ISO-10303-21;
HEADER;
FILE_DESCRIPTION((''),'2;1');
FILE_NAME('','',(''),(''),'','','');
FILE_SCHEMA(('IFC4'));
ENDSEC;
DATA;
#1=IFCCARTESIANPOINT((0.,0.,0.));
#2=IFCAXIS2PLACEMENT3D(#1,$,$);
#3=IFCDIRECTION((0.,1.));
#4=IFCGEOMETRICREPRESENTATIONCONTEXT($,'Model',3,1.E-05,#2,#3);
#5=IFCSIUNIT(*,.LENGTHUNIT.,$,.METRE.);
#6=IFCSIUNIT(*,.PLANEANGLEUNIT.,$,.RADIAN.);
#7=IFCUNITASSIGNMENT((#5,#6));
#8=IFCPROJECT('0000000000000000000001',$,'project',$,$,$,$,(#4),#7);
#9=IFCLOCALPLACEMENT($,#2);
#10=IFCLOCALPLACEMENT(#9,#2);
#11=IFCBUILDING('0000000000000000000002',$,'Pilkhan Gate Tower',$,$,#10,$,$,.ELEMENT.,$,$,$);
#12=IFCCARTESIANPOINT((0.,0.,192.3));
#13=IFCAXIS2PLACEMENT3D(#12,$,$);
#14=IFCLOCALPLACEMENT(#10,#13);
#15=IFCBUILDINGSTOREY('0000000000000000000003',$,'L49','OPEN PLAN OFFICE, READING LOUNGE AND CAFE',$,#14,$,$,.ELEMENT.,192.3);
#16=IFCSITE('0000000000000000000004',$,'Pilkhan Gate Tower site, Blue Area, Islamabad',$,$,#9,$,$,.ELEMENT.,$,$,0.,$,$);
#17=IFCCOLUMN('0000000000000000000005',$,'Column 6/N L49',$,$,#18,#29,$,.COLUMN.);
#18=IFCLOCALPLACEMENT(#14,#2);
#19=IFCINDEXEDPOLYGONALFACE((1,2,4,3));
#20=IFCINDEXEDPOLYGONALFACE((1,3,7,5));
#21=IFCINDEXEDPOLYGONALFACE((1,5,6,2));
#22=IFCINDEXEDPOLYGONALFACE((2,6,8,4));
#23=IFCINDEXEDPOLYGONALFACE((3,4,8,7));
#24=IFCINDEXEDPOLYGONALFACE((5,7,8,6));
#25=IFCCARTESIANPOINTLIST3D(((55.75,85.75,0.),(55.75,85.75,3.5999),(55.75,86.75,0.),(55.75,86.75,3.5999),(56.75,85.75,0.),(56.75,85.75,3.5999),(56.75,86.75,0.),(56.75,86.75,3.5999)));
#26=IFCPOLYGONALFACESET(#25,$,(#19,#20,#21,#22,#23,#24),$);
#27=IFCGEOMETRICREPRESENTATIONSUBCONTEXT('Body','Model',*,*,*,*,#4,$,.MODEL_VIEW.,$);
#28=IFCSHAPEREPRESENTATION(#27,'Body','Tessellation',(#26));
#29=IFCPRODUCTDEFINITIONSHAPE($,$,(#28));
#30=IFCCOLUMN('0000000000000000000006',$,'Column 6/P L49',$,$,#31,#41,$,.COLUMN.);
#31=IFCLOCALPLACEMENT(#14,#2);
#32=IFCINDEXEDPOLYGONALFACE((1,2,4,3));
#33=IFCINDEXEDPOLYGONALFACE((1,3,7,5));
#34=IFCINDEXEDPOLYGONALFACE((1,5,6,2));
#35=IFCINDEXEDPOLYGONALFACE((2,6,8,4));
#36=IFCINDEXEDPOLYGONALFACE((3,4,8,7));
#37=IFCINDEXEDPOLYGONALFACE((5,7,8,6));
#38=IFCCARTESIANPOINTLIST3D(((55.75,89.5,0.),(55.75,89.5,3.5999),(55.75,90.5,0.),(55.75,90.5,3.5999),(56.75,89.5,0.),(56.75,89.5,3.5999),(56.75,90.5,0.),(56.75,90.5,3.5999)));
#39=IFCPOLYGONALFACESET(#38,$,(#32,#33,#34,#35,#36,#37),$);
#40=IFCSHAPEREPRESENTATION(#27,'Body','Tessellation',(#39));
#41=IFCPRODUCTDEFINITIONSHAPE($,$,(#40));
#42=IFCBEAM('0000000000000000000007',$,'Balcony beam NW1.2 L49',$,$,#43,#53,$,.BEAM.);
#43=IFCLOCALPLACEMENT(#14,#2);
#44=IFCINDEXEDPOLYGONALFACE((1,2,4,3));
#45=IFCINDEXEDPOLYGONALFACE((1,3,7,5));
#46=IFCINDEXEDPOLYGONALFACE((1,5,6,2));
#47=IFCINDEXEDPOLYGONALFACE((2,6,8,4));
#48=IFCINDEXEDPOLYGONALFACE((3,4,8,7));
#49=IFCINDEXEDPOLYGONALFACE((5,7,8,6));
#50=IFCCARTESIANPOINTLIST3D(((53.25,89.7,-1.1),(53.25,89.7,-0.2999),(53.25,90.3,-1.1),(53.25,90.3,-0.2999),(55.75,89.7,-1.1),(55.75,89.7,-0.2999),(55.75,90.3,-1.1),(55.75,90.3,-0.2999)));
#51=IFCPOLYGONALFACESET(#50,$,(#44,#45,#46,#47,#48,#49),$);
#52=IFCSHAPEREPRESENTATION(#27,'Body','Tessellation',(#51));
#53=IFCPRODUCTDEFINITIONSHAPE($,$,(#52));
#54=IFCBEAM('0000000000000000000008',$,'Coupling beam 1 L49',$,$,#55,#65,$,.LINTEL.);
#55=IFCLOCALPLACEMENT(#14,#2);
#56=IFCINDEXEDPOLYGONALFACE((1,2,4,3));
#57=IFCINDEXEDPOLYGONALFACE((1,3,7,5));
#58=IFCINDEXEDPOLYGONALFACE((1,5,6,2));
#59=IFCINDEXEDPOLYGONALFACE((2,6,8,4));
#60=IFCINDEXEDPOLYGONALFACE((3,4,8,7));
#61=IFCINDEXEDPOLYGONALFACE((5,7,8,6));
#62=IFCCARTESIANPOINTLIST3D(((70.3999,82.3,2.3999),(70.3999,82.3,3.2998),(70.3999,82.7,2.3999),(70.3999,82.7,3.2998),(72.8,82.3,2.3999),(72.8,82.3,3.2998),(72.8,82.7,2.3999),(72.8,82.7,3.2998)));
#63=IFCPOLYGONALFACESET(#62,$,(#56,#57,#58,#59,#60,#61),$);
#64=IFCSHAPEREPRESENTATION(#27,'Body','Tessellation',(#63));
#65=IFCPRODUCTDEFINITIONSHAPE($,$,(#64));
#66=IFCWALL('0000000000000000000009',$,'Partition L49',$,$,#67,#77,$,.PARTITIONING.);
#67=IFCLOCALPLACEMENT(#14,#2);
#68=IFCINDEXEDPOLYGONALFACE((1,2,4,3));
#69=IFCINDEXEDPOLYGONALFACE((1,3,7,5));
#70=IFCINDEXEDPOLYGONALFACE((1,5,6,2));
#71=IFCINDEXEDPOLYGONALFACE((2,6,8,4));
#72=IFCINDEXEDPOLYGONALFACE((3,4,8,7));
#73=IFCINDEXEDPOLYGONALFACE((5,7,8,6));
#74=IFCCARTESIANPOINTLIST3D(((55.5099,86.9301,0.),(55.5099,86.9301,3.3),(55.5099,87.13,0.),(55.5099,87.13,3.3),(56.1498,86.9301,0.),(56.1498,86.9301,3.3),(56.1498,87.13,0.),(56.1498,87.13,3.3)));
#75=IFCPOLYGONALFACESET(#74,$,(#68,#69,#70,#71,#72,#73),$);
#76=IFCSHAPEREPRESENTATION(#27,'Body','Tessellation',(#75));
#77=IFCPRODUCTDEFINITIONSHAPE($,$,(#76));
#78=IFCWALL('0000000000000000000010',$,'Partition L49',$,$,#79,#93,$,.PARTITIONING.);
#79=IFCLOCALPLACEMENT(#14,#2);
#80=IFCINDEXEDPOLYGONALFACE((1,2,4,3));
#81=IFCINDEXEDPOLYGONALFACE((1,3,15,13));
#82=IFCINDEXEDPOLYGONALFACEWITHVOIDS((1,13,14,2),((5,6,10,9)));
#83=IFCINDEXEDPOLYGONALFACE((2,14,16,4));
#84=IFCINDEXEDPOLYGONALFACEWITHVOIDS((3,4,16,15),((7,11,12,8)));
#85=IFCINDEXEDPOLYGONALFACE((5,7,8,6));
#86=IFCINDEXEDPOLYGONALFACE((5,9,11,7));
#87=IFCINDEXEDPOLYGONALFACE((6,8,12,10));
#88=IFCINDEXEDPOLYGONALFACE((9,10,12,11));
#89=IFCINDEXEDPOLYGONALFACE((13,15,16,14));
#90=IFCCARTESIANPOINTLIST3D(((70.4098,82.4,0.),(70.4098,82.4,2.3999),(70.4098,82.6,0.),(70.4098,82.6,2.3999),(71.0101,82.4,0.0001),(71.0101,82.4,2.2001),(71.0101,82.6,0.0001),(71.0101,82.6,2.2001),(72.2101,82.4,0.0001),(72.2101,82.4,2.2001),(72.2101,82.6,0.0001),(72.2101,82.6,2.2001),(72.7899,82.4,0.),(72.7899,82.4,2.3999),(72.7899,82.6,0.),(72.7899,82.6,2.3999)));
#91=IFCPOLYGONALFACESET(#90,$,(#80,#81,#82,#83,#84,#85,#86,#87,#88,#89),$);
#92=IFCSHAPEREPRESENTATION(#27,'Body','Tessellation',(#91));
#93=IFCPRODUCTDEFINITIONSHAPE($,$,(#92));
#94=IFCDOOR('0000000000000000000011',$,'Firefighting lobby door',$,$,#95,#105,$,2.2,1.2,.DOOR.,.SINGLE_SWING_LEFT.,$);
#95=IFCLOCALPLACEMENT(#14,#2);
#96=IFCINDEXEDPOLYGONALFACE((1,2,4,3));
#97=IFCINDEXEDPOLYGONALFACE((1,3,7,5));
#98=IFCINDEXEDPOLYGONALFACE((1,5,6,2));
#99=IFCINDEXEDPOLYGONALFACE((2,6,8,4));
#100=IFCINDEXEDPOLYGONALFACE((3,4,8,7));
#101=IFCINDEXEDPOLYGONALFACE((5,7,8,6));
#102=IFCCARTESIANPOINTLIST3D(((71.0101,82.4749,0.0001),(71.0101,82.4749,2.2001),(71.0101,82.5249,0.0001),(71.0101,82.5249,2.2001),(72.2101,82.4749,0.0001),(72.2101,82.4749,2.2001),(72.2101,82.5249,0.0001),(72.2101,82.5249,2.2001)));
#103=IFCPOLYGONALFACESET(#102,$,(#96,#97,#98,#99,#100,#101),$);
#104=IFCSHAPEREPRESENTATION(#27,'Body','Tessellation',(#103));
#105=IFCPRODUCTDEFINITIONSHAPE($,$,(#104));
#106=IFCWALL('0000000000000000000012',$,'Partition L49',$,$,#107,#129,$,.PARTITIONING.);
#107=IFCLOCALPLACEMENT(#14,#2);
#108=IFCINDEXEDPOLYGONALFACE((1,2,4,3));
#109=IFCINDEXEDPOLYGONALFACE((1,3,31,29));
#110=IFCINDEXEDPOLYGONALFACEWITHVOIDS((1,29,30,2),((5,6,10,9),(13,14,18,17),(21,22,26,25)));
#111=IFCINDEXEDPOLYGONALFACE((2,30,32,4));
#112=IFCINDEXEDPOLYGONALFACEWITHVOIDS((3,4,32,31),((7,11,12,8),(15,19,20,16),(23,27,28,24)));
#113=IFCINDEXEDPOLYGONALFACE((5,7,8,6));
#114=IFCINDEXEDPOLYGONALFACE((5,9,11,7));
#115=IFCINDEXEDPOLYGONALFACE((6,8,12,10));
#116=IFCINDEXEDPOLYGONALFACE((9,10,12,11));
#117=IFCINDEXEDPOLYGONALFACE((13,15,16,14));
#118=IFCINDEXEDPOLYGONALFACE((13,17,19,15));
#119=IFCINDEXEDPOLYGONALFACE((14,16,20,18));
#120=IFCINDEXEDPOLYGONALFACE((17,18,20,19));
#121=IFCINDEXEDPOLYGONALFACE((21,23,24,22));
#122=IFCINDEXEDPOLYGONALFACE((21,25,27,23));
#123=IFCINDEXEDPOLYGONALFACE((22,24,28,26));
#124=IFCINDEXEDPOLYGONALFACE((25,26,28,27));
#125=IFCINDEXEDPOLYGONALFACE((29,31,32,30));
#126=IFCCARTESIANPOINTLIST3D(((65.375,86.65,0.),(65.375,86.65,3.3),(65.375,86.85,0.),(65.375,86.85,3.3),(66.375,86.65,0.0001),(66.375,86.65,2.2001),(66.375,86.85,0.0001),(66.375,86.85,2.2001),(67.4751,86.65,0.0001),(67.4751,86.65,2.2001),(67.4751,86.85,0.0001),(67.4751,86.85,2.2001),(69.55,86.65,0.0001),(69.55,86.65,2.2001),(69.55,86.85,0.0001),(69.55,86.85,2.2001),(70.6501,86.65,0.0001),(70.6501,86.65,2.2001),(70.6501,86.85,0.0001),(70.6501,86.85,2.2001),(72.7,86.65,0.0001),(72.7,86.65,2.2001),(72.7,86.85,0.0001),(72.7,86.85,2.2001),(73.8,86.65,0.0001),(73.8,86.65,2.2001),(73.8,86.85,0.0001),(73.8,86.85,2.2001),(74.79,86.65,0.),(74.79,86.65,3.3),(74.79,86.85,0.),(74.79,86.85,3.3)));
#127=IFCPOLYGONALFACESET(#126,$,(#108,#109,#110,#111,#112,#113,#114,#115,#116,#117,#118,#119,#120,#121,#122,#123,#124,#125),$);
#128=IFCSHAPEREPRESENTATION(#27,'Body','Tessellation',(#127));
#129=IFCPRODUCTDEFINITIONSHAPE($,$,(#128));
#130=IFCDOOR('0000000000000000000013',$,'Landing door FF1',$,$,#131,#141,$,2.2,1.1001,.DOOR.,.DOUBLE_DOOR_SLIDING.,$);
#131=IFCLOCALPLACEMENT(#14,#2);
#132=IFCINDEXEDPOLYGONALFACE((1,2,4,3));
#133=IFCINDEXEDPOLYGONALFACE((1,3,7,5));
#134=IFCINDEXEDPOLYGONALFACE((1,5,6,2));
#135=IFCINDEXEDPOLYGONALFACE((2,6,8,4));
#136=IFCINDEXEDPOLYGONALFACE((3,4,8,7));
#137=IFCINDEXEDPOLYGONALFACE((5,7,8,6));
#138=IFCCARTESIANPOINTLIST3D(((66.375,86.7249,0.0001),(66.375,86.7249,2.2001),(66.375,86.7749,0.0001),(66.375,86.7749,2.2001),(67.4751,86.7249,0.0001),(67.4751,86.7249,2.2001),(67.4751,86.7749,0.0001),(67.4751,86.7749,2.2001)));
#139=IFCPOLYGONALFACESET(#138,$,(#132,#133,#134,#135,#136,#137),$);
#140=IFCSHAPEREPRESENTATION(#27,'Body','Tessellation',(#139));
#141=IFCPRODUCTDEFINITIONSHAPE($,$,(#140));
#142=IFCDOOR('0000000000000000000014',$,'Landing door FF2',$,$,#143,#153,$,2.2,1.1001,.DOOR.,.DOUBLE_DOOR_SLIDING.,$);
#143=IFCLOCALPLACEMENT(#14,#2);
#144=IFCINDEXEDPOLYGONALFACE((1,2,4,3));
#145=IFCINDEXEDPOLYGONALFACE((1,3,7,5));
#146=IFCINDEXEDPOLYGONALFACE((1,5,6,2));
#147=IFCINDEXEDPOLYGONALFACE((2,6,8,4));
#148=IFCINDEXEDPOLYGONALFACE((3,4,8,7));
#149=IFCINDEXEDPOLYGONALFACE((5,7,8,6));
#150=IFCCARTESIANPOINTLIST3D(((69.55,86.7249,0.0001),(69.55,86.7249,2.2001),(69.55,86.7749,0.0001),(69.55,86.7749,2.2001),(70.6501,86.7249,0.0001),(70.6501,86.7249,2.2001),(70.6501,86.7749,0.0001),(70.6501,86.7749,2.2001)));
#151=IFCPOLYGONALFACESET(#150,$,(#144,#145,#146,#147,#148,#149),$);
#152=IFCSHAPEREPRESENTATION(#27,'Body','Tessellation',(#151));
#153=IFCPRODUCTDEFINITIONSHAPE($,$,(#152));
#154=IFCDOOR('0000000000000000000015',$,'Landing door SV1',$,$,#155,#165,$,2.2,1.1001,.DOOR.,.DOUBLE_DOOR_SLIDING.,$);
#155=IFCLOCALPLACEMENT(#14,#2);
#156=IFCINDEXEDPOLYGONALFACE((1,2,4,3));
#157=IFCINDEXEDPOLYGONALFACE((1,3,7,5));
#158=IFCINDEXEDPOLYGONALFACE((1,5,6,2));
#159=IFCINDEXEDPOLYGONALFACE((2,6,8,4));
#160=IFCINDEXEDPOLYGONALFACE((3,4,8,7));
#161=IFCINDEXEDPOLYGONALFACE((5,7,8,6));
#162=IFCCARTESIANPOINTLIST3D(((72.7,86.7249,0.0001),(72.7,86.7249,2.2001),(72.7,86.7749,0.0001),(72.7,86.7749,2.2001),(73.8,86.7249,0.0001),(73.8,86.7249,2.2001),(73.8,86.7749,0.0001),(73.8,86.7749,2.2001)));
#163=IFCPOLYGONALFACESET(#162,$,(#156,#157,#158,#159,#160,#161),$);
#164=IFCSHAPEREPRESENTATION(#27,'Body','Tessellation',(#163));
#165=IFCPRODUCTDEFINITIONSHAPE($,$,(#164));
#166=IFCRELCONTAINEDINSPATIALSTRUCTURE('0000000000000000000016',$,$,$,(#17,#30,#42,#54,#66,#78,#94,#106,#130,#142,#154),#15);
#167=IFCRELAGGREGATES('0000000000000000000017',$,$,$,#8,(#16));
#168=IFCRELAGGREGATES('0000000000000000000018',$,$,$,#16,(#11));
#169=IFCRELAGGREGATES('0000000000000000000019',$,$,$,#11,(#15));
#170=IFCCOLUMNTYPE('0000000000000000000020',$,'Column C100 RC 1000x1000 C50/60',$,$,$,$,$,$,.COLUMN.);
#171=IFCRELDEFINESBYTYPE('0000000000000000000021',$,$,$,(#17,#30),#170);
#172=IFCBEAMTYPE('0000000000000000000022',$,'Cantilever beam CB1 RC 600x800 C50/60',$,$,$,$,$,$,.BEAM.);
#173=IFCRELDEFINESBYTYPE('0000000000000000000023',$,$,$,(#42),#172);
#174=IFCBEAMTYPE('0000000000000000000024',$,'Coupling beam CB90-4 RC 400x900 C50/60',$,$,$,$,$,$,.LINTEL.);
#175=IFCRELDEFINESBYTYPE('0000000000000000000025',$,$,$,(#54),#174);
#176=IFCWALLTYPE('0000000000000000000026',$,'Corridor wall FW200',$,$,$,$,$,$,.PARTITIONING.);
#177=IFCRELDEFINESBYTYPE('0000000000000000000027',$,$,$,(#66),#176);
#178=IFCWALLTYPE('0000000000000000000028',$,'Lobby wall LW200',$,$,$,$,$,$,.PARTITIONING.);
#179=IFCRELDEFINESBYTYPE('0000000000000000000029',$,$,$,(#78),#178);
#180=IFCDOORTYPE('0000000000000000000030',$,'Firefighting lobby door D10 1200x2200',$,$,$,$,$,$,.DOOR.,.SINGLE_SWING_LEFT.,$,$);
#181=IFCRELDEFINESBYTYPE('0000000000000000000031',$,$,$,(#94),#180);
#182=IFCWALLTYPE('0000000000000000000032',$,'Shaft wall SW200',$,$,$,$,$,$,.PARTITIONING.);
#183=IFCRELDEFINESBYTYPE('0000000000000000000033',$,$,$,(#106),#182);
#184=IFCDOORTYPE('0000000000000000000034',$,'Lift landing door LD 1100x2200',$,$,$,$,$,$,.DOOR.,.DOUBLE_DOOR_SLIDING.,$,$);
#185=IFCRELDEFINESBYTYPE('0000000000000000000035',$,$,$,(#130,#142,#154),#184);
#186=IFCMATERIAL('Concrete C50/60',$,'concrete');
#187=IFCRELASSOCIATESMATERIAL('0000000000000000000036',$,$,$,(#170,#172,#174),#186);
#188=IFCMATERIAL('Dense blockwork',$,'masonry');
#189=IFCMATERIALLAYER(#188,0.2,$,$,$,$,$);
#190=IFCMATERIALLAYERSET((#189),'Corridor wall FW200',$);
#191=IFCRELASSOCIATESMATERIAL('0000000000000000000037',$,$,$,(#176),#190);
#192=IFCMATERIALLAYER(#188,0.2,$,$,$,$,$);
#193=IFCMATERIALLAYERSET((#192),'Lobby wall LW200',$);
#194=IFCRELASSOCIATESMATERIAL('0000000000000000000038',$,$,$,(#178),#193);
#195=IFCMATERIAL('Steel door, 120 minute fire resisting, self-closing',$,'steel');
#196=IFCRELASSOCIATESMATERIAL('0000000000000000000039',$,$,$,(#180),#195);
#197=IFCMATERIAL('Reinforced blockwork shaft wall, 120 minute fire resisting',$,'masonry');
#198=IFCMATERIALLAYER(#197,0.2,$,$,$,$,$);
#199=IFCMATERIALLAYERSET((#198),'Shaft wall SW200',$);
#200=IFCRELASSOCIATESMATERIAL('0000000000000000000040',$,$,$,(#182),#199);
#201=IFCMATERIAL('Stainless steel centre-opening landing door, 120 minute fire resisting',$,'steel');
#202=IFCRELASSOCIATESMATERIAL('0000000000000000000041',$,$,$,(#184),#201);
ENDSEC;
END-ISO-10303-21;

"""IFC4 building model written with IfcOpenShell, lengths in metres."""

from ifc_helpers import new_model, si_unit, direction, frame, frame_2d, origin, origin_2d, place, context, subcontext, project, spatial, rectangle, extrude, material, layer, layer_set, material_profile, profile_set, type_object, element, fill, save


model = new_model("IFC4")

# Units and contexts
model_context = context("Model", 3, precision=1e-05, world=origin(), true_north=direction((0.0, 1.0)))
body_context = subcontext(model_context, "Body", "Model", "MODEL_VIEW")
ifc_project = project(units=[si_unit("LENGTHUNIT", "METRE"), si_unit("PLANEANGLEUNIT", "RADIAN")], contexts=[model_context])

# Site, building, storey
site_placement = place(None, origin())
site = spatial("IfcSite", under=ifc_project, at=site_placement, Name="Pilkhan Gate Tower site, Blue Area, Islamabad", CompositionType="ELEMENT", RefElevation=0.0)
building_placement = place(site_placement, origin())
building = spatial("IfcBuilding", under=site, at=building_placement, Name="Pilkhan Gate Tower", CompositionType="ELEMENT")
storey_placement = place(building_placement, frame((0.0, 0.0, 192.3)))
storey = spatial("IfcBuildingStorey", under=building, at=storey_placement, Name="L49", Description="OPEN PLAN OFFICE, READING LOUNGE AND CAFE", CompositionType="ELEMENT", Elevation=192.3)

# Columns
ifc_material_1 = material(Name="Concrete C50/60", Category="concrete")
ifc_material_profile_1 = material_profile(ifc_material_1, rectangle(XDim=1.0, YDim=1.0, at=origin_2d()), Name="RC 1000x1000")
ifc_profile_set_1 = profile_set([ifc_material_profile_1], Name="Concrete C50/60")
column_type = type_object("IfcColumnType", Name="Column C100 RC 1000x1000 C50/60", PredefinedType="COLUMN", material=ifc_profile_set_1)
for number, where, z_axis, x_axis, name in (
    (1, (56.25, 86.25, 0.0), (0.0, 0.0, 1.0), (1.0, 0.0, 0.0), "Column 6/N L49"),
    (2, (56.25, 90.0, 0.0), (0.0, 0.0, 1.0), (1.0, 0.0, 0.0), "Column 6/P L49"),
):
    element("IfcColumn", number, at=place(storey_placement, frame(where, z_axis=z_axis, x_axis=x_axis)), inside=storey, type_object=column_type, Name=name, PredefinedType="COLUMN", context=body_context, shape_type="SweptSolid", body=[
        extrude(rectangle(XDim=1.0, YDim=1.0, at=origin_2d()), origin(), (0.0, 0.0, 1.0), 3.5999),
    ])

# Beams
ifc_material_profile_2 = material_profile(ifc_material_1, rectangle(XDim=0.6001, YDim=0.8, at=origin_2d()), Name="RC 600x800")
ifc_profile_set_2 = profile_set([ifc_material_profile_2], Name="Concrete C50/60")
beam_type_1 = type_object("IfcBeamType", Name="Cantilever beam CB1 RC 600x800 C50/60", PredefinedType="BEAM", material=ifc_profile_set_2)
beam_1_placement = place(storey_placement, frame((55.75, 90.0, -0.7), z_axis=(-1.0, 0.0, 0.0), x_axis=(0.0, -1.0, 0.0)))
element("IfcBeam", 3, at=beam_1_placement, inside=storey, type_object=beam_type_1, Name="Balcony beam NW1.2 L49", PredefinedType="BEAM", context=body_context, shape_type="SweptSolid", body=[
    extrude(rectangle(XDim=0.6001, YDim=0.8, at=origin_2d()), origin(), (0.0, 0.0, 1.0), 2.5),
])
ifc_material_profile_3 = material_profile(ifc_material_1, rectangle(XDim=0.3999, YDim=0.8999, at=origin_2d()), Name="RC 400x900")
ifc_profile_set_3 = profile_set([ifc_material_profile_3], Name="Concrete C50/60")
beam_type_2 = type_object("IfcBeamType", Name="Coupling beam CB90-4 RC 400x900 C50/60", PredefinedType="LINTEL", material=ifc_profile_set_3)
beam_2_placement = place(storey_placement, frame((70.3999, 82.5, 2.8499), z_axis=(1.0, 0.0, 0.0), x_axis=(0.0, 1.0, 0.0)))
element("IfcBeam", 4, at=beam_2_placement, inside=storey, type_object=beam_type_2, Name="Coupling beam 1 L49", PredefinedType="LINTEL", context=body_context, shape_type="SweptSolid", body=[
    extrude(rectangle(XDim=0.3999, YDim=0.8999, at=origin_2d()), origin(), (0.0, 0.0, 1.0), 2.4001),
])

# Wall
ifc_material_2 = material(Name="Dense blockwork", Category="masonry")
ifc_layer_1 = layer(ifc_material_2, 0.2)
ifc_layer_set_1 = layer_set([ifc_layer_1], Name="Corridor wall FW200")
wall_type_1 = type_object("IfcWallType", Name="Corridor wall FW200", PredefinedType="PARTITIONING", material=ifc_layer_set_1)
wall_1_placement = place(storey_placement, frame((55.51, 87.03, 0.0), z_axis=(0.0, 0.0, 1.0), x_axis=(1.0, 0.0, 0.0)))
element("IfcWall", 5, at=wall_1_placement, inside=storey, type_object=wall_type_1, Name="Partition L49", PredefinedType="PARTITIONING", context=body_context, shape_type="SweptSolid", body=[
    extrude(rectangle(XDim=0.6399, YDim=0.2, at=frame_2d((0.3198, 0.0))), origin(), (0.0, 0.0, 1.0), 3.3),
])

# Wall, opening, door
ifc_layer_2 = layer(ifc_material_2, 0.2)
ifc_layer_set_2 = layer_set([ifc_layer_2], Name="Lobby wall LW200")
wall_type_2 = type_object("IfcWallType", Name="Lobby wall LW200", PredefinedType="PARTITIONING", material=ifc_layer_set_2)
wall_2_placement = place(storey_placement, frame((70.4099, 82.5, 0.0), z_axis=(0.0, 0.0, 1.0), x_axis=(1.0, 0.0, 0.0)))
wall_2 = element("IfcWall", 6, at=wall_2_placement, inside=storey, type_object=wall_type_2, Name="Partition L49", PredefinedType="PARTITIONING", context=body_context, shape_type="SweptSolid", body=[
    extrude(rectangle(XDim=2.3801, YDim=0.2, at=frame_2d((1.1899, 0.0))), origin(), (0.0, 0.0, 1.0), 2.3999),
])
opening_1_placement = place(wall_2_placement, frame((0.6001, 0.0, 0.0)))
opening_1 = element("IfcOpeningElement", 7, at=opening_1_placement, cuts=wall_2, PredefinedType="OPENING", context=body_context, shape_type="SweptSolid", body=[
    extrude(rectangle(XDim=1.2, YDim=2.2, at=frame_2d((0.6001, 1.1001))), frame((0.0, 0.1099, 0.0), z_axis=(0.0, -1.0, 0.0), x_axis=(1.0, 0.0, 0.0)), (0.0, 0.0, 1.0), 0.22),
])
ifc_material_3 = material(Name="Steel door, 120 minute fire resisting, self-closing", Category="steel")
door_type_1 = type_object("IfcDoorType", Name="Firefighting lobby door D10 1200x2200", OperationType="SINGLE_SWING_LEFT", PredefinedType="DOOR", material=ifc_material_3)
door_1_placement = place(opening_1_placement, origin())
door_1 = element("IfcDoor", 8, at=door_1_placement, inside=storey, type_object=door_type_1, Name="Firefighting lobby door", OperationType="SINGLE_SWING_LEFT", OverallHeight=2.2, OverallWidth=1.2, PredefinedType="DOOR", context=body_context, shape_type="SweptSolid", body=[
    extrude(rectangle(XDim=1.2, YDim=2.2, at=frame_2d((0.6001, 1.1001))), frame((0.0, 0.0249, 0.0), z_axis=(0.0, -1.0, 0.0), x_axis=(1.0, 0.0, 0.0)), (0.0, 0.0, 1.0), 0.05),
])
fill(opening_1, door_1)

# Wall, openings, doors
ifc_material_4 = material(Name="Reinforced blockwork shaft wall, 120 minute fire resisting", Category="masonry")
ifc_layer_3 = layer(ifc_material_4, 0.2)
ifc_layer_set_3 = layer_set([ifc_layer_3], Name="Shaft wall SW200")
wall_type_3 = type_object("IfcWallType", Name="Shaft wall SW200", PredefinedType="PARTITIONING", material=ifc_layer_set_3)
wall_3_placement = place(storey_placement, frame((65.375, 86.75, 0.0), z_axis=(0.0, 0.0, 1.0), x_axis=(1.0, 0.0, 0.0)))
wall_3 = element("IfcWall", 9, at=wall_3_placement, inside=storey, type_object=wall_type_3, Name="Partition L49", PredefinedType="PARTITIONING", context=body_context, shape_type="SweptSolid", body=[
    extrude(rectangle(XDim=9.415, YDim=0.2, at=frame_2d((4.7075, 0.0))), origin(), (0.0, 0.0, 1.0), 3.3),
])
opening_2_placement = place(wall_3_placement, frame((1.0, 0.0, 0.0)))
opening_2 = element("IfcOpeningElement", 10, at=opening_2_placement, cuts=wall_3, PredefinedType="OPENING", context=body_context, shape_type="SweptSolid", body=[
    extrude(rectangle(XDim=1.1001, YDim=2.2, at=frame_2d((0.55, 1.1001))), frame((0.0, 0.1099, 0.0), z_axis=(0.0, -1.0, 0.0), x_axis=(1.0, 0.0, 0.0)), (0.0, 0.0, 1.0), 0.22),
])
opening_3_placement = place(wall_3_placement, frame((4.175, 0.0, 0.0)))
opening_3 = element("IfcOpeningElement", 11, at=opening_3_placement, cuts=wall_3, PredefinedType="OPENING", context=body_context, shape_type="SweptSolid", body=[
    extrude(rectangle(XDim=1.1001, YDim=2.2, at=frame_2d((0.55, 1.1001))), frame((0.0, 0.1099, 0.0), z_axis=(0.0, -1.0, 0.0), x_axis=(1.0, 0.0, 0.0)), (0.0, 0.0, 1.0), 0.22),
])
opening_4_placement = place(wall_3_placement, frame((7.325, 0.0, 0.0)))
opening_4 = element("IfcOpeningElement", 12, at=opening_4_placement, cuts=wall_3, PredefinedType="OPENING", context=body_context, shape_type="SweptSolid", body=[
    extrude(rectangle(XDim=1.1001, YDim=2.2, at=frame_2d((0.55, 1.1001))), frame((0.0, 0.1099, 0.0), z_axis=(0.0, -1.0, 0.0), x_axis=(1.0, 0.0, 0.0)), (0.0, 0.0, 1.0), 0.22),
])
ifc_material_5 = material(Name="Stainless steel centre-opening landing door, 120 minute fire resisting", Category="steel")
door_type_2 = type_object("IfcDoorType", Name="Lift landing door LD 1100x2200", OperationType="DOUBLE_DOOR_SLIDING", PredefinedType="DOOR", material=ifc_material_5)
door_2_placement = place(opening_2_placement, origin())
door_2 = element("IfcDoor", 13, at=door_2_placement, inside=storey, type_object=door_type_2, Name="Landing door FF1", OperationType="DOUBLE_DOOR_SLIDING", OverallHeight=2.2, OverallWidth=1.1001, PredefinedType="DOOR", context=body_context, shape_type="SweptSolid", body=[
    extrude(rectangle(XDim=1.1001, YDim=2.2, at=frame_2d((0.55, 1.1001))), frame((0.0, 0.0249, 0.0), z_axis=(0.0, -1.0, 0.0), x_axis=(1.0, 0.0, 0.0)), (0.0, 0.0, 1.0), 0.05),
])
fill(opening_2, door_2)
door_3_placement = place(opening_3_placement, origin())
door_3 = element("IfcDoor", 14, at=door_3_placement, inside=storey, type_object=door_type_2, Name="Landing door FF2", OperationType="DOUBLE_DOOR_SLIDING", OverallHeight=2.2, OverallWidth=1.1001, PredefinedType="DOOR", context=body_context, shape_type="SweptSolid", body=[
    extrude(rectangle(XDim=1.1001, YDim=2.2, at=frame_2d((0.55, 1.1001))), frame((0.0, 0.0249, 0.0), z_axis=(0.0, -1.0, 0.0), x_axis=(1.0, 0.0, 0.0)), (0.0, 0.0, 1.0), 0.05),
])
fill(opening_3, door_3)
door_4_placement = place(opening_4_placement, origin())
door_4 = element("IfcDoor", 15, at=door_4_placement, inside=storey, type_object=door_type_2, Name="Landing door SV1", OperationType="DOUBLE_DOOR_SLIDING", OverallHeight=2.2, OverallWidth=1.1001, PredefinedType="DOOR", context=body_context, shape_type="SweptSolid", body=[
    extrude(rectangle(XDim=1.1001, YDim=2.2, at=frame_2d((0.55, 1.1001))), frame((0.0, 0.0249, 0.0), z_axis=(0.0, -1.0, 0.0), x_axis=(1.0, 0.0, 0.0)), (0.0, 0.0, 1.0), 0.05),
])
fill(opening_4, door_4)

save(model, "model.ifc")
